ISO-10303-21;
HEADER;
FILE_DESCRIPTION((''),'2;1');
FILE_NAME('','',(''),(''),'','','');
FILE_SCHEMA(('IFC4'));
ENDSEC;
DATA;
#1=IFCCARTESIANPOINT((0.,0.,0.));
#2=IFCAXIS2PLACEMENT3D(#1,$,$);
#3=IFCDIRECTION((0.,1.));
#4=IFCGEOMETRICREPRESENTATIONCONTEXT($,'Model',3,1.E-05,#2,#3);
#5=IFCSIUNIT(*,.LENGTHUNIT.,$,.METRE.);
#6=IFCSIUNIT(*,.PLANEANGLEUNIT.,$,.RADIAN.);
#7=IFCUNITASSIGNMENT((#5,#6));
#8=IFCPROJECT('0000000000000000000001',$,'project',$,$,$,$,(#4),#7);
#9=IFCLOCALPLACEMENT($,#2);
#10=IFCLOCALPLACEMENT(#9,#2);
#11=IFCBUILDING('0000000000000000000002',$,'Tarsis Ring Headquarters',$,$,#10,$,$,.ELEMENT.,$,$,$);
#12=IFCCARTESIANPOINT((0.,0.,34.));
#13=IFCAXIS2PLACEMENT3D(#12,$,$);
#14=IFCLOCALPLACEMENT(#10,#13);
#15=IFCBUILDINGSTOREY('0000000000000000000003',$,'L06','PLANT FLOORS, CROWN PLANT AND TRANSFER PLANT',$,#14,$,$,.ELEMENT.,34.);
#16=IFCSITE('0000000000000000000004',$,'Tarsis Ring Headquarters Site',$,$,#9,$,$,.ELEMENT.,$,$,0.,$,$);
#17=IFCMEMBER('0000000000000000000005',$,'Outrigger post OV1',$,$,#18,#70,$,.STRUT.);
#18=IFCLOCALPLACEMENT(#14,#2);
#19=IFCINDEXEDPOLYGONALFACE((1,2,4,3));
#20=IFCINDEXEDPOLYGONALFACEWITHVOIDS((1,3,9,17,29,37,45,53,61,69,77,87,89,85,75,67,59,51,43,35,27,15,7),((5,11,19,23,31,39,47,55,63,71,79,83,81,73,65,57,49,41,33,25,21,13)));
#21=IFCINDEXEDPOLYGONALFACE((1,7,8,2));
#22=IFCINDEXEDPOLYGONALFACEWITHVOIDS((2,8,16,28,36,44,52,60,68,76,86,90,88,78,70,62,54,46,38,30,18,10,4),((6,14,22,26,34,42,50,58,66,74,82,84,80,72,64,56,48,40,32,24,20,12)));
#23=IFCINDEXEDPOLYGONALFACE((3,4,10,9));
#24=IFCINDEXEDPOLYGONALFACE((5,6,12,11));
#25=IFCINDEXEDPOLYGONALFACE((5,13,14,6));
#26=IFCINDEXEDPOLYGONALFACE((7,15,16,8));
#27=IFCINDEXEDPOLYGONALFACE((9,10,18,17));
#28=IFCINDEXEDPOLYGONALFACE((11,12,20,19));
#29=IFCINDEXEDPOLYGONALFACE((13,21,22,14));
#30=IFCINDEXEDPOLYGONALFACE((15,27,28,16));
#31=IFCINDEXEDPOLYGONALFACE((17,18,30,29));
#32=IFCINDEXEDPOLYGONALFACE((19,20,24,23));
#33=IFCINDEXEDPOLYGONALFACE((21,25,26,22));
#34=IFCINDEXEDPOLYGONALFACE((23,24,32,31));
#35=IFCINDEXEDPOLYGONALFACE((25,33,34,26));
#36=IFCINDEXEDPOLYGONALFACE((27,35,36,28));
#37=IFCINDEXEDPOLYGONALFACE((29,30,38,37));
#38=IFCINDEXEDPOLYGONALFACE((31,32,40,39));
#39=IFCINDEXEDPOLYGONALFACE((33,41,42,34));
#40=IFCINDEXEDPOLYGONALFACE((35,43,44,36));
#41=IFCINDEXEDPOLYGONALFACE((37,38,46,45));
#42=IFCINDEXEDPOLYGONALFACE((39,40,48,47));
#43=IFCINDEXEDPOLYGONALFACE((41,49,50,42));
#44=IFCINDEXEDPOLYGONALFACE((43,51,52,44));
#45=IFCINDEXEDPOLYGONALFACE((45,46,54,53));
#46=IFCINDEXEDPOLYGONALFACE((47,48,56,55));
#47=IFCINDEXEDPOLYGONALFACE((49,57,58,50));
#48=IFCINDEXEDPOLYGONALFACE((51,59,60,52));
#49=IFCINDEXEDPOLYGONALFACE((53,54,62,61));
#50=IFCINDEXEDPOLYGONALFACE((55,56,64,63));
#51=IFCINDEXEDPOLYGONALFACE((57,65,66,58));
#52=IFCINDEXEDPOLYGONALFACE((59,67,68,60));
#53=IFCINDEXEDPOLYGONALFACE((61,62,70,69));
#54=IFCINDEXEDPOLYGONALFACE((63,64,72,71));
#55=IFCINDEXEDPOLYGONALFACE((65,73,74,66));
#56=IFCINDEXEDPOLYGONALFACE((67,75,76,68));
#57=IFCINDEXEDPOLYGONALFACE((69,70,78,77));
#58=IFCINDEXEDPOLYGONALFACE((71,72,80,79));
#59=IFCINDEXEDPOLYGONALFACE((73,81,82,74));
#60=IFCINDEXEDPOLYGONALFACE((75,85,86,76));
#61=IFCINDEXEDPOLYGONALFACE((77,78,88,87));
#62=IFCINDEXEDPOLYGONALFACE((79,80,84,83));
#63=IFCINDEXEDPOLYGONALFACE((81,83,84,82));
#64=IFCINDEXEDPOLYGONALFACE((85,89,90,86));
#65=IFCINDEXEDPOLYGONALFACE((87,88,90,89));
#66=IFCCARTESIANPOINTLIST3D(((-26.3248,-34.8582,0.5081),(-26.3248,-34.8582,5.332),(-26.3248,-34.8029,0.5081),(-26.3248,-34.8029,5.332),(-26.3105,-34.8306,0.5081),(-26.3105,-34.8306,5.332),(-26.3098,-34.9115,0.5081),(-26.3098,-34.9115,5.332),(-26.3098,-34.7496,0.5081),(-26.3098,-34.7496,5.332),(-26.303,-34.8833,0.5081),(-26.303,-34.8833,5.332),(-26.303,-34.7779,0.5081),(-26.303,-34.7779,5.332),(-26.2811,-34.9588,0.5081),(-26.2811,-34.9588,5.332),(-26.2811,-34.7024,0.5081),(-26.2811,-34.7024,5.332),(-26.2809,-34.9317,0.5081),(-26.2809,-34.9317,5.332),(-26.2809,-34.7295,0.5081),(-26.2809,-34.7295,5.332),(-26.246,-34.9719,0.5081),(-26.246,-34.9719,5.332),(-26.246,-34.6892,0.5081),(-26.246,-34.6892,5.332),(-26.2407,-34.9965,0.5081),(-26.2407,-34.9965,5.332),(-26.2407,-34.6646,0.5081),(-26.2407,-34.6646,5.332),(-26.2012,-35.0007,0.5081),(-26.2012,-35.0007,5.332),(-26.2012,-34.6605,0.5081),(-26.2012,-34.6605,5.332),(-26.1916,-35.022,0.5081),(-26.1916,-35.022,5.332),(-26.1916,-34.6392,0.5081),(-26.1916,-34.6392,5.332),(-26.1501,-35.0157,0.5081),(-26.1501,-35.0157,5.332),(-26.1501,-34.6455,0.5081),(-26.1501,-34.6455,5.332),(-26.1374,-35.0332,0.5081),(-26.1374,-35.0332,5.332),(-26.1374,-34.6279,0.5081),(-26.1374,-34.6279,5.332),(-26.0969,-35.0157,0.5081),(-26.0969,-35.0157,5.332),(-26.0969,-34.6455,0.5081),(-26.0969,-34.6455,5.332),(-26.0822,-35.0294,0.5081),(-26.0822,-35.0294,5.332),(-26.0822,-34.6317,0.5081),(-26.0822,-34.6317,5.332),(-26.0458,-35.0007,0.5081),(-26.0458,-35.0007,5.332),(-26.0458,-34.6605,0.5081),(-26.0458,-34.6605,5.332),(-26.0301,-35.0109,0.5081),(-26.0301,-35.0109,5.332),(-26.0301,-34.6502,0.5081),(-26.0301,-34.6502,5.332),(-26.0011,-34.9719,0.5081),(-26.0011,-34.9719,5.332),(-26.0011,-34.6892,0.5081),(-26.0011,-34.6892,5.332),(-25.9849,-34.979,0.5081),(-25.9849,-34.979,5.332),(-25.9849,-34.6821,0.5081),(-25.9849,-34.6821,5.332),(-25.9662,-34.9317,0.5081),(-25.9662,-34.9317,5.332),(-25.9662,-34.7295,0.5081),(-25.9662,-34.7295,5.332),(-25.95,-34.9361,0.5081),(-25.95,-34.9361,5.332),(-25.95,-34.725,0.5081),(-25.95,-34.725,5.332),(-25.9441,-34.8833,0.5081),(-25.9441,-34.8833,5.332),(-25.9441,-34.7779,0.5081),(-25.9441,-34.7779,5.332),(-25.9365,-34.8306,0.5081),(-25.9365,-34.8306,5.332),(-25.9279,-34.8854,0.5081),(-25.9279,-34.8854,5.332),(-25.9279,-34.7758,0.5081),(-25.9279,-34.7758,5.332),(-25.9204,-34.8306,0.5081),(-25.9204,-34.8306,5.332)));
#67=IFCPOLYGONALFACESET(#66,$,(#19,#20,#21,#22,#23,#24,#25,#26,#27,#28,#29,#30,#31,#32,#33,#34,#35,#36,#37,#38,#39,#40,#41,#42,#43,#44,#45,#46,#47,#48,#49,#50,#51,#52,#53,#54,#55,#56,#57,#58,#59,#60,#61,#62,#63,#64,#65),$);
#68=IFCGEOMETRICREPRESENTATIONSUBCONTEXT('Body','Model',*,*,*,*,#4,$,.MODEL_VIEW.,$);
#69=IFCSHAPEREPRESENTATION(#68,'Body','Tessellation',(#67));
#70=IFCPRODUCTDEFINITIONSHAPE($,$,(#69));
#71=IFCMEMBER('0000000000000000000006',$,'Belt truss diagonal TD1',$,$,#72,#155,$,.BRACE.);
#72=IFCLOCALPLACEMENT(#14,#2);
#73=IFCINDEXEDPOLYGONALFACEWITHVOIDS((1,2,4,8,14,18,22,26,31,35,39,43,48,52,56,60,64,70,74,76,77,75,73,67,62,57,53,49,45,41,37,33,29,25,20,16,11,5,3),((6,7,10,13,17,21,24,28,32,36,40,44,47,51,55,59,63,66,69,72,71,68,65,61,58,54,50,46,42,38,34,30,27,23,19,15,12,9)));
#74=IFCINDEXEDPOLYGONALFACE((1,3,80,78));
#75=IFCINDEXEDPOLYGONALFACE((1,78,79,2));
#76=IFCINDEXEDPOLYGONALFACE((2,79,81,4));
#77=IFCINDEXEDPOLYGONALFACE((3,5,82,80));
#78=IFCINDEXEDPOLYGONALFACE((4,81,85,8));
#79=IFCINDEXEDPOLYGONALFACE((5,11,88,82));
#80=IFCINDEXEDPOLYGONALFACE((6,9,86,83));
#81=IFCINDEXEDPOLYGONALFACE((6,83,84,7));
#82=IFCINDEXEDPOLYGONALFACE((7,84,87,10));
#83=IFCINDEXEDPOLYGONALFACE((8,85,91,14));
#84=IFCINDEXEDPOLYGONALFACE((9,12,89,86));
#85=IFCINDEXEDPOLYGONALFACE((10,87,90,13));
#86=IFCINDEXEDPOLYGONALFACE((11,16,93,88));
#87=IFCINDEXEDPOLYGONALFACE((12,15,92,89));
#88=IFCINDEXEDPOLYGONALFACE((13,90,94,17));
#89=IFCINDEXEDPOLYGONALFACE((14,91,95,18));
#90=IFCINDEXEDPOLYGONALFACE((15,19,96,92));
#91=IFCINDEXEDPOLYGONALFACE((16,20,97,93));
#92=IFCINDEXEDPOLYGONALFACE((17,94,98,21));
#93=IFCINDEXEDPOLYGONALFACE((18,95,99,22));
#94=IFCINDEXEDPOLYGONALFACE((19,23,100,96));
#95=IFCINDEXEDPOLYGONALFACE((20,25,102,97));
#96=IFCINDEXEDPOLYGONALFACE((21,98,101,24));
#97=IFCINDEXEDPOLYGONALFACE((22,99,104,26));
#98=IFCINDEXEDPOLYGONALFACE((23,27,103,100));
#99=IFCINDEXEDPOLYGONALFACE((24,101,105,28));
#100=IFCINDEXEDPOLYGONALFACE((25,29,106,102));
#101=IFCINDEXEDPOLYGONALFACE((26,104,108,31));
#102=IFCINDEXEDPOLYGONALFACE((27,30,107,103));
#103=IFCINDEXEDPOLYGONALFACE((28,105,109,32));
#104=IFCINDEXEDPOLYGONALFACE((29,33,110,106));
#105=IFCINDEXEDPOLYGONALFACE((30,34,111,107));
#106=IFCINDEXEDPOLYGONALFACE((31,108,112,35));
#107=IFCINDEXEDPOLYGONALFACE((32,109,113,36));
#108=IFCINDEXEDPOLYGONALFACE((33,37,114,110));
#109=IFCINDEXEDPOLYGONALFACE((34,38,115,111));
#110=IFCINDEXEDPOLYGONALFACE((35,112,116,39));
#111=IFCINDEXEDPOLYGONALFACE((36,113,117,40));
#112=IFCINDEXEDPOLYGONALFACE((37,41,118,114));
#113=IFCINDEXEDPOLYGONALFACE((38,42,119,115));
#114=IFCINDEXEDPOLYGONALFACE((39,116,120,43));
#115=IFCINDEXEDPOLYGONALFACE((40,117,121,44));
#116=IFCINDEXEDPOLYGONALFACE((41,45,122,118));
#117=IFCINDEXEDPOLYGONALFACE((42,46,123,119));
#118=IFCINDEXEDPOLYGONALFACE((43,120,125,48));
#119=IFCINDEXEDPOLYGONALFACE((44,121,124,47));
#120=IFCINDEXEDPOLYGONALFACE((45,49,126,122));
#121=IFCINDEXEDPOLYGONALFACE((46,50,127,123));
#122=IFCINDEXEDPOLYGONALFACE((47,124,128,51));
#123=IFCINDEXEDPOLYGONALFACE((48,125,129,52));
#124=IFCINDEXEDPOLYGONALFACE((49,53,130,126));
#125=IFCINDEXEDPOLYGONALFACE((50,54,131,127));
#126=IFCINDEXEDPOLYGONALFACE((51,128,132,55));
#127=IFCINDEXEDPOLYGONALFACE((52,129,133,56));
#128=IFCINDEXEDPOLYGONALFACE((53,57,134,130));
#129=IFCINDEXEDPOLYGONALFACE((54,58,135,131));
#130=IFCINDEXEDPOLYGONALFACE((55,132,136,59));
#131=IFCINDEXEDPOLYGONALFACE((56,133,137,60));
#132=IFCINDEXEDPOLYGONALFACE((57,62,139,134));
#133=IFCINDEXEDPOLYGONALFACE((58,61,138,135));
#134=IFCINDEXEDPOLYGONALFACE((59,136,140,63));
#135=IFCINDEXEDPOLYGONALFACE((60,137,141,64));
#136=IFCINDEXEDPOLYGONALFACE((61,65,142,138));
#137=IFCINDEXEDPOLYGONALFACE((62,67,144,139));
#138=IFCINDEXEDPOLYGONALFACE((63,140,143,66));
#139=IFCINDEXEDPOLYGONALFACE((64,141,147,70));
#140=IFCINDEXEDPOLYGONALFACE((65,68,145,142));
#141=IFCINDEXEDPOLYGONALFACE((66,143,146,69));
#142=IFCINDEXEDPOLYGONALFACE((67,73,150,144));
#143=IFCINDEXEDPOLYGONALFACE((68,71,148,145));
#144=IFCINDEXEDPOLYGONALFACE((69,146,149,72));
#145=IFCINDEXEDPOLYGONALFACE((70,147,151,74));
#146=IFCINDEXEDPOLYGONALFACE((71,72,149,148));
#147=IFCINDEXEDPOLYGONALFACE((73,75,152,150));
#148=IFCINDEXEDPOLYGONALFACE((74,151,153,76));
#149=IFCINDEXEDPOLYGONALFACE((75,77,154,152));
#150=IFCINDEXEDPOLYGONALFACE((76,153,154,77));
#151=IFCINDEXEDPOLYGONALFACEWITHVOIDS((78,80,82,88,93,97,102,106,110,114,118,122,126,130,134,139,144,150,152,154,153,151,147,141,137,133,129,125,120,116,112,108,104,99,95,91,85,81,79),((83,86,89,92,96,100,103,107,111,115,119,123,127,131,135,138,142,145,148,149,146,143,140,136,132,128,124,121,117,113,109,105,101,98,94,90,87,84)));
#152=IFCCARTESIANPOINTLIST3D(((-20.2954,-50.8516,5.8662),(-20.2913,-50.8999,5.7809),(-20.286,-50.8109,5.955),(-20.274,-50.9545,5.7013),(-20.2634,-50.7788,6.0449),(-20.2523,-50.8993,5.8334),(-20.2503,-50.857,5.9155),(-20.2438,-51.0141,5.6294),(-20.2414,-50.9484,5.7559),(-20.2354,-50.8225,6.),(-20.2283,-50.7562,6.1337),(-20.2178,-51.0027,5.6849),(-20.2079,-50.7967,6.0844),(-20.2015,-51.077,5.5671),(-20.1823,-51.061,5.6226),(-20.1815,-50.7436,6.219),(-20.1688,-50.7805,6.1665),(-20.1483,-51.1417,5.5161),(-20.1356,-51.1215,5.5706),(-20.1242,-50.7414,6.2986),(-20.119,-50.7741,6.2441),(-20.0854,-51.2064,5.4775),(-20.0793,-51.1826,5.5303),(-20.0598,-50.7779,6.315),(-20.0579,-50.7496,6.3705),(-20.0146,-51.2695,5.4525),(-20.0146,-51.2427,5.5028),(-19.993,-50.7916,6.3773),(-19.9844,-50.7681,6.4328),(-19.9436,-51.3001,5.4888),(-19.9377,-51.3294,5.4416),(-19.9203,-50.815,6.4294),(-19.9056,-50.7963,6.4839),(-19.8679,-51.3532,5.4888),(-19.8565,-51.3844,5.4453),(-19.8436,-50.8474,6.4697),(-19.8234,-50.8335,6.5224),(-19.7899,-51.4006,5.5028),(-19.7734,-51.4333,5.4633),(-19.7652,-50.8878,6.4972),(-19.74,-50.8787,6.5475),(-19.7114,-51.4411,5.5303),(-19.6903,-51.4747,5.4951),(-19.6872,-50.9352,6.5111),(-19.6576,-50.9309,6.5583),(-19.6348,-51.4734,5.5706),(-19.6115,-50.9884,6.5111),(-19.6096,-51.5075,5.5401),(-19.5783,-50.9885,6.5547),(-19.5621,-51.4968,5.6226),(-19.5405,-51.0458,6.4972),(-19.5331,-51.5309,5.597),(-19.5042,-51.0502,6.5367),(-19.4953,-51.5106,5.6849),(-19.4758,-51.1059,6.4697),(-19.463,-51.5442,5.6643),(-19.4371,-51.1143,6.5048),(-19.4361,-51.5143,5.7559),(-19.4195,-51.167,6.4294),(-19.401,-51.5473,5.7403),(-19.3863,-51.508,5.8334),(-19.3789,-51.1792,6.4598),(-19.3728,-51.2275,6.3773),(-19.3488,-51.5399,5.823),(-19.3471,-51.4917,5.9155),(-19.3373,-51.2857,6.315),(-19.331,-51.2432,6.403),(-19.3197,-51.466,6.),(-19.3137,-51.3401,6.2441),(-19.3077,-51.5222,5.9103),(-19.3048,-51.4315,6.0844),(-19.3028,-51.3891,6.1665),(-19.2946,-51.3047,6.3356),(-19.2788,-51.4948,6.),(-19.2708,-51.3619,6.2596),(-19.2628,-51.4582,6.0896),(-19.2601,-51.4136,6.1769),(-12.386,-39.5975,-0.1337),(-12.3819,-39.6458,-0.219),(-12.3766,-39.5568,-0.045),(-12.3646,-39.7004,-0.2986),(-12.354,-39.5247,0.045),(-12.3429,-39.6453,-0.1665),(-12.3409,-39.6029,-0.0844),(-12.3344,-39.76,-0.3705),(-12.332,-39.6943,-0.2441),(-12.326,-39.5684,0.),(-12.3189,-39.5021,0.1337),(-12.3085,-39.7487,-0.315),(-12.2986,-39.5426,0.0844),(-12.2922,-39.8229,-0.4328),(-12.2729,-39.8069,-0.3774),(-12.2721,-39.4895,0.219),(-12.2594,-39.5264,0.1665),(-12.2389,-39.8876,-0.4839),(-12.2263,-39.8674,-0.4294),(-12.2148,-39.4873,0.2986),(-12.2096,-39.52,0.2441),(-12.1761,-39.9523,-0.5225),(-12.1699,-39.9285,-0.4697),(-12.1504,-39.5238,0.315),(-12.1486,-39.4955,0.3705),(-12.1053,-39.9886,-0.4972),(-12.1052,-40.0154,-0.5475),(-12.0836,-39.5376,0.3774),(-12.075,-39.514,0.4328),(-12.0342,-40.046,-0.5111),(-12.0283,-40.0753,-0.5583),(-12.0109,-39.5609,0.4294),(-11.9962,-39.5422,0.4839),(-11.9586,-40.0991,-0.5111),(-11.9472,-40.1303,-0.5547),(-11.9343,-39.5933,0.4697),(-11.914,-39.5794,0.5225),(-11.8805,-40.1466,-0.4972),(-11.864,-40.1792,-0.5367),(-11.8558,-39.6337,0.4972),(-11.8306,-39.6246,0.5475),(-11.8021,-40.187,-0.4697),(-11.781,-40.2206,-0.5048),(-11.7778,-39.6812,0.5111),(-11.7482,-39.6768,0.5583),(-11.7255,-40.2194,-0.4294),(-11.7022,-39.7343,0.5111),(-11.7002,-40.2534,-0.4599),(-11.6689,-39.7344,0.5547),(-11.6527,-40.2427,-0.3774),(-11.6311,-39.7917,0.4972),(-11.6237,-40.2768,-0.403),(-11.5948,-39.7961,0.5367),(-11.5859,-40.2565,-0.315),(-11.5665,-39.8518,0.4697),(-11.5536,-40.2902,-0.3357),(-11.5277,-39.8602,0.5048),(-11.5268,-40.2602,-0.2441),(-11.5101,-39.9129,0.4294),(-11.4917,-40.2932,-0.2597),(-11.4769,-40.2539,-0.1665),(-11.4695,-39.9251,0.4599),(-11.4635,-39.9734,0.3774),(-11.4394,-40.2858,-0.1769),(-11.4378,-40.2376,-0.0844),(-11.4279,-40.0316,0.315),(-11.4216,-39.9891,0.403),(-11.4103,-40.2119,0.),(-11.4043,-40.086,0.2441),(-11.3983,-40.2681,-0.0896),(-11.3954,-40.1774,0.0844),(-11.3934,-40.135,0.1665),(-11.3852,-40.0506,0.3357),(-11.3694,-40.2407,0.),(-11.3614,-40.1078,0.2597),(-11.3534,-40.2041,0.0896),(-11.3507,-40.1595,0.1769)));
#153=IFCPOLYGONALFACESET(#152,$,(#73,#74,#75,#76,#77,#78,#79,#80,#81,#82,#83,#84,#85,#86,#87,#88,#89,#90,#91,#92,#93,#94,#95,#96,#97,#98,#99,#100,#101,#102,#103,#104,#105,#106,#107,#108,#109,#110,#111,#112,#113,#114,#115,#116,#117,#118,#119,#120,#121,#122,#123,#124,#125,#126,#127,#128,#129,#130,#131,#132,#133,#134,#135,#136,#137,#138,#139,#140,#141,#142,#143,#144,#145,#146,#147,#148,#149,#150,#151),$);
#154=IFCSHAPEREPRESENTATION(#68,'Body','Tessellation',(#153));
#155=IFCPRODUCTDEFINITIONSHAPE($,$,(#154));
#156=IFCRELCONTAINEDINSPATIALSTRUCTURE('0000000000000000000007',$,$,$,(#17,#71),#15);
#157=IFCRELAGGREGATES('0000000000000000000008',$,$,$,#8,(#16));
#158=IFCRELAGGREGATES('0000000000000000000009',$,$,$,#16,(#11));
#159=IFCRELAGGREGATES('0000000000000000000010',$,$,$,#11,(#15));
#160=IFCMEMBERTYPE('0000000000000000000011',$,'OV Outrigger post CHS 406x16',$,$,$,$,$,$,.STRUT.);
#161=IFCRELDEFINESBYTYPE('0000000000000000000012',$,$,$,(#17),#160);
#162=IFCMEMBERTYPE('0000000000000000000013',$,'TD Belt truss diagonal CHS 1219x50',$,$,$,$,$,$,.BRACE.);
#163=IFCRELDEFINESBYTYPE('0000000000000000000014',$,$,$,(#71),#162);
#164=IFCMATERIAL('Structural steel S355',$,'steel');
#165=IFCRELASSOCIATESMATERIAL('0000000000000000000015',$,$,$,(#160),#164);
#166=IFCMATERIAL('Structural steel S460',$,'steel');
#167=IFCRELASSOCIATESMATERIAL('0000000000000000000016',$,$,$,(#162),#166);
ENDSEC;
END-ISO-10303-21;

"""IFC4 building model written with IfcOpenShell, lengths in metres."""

from ifc_helpers import new_model, si_unit, direction, frame, origin, origin_2d, place, context, subcontext, project, spatial, hollow_circle, extrude, material, material_profile, profile_set, type_object, element, save


model = new_model("IFC4")

# Units and contexts
model_context = context("Model", 3, precision=1e-05, world=origin(), true_north=direction((0.0, 1.0)))
body_context = subcontext(model_context, "Body", "Model", "MODEL_VIEW")
ifc_project = project(units=[si_unit("LENGTHUNIT", "METRE"), si_unit("PLANEANGLEUNIT", "RADIAN")], contexts=[model_context])

# Site, building, storey
site_placement = place(None, origin())
site = spatial("IfcSite", under=ifc_project, at=site_placement, Name="Tarsis Ring Headquarters Site", CompositionType="ELEMENT", RefElevation=0.0)
building_placement = place(site_placement, origin())
building = spatial("IfcBuilding", under=site, at=building_placement, Name="Tarsis Ring Headquarters", CompositionType="ELEMENT")
storey_placement = place(building_placement, frame((0.0, 0.0, 34.0)))
storey = spatial("IfcBuildingStorey", under=building, at=storey_placement, Name="L06", Description="PLANT FLOORS, CROWN PLANT AND TRANSFER PLANT", CompositionType="ELEMENT", Elevation=34.0)

# Shared definitions
ifc_material_1 = material(Name="Structural steel S460", Category="steel")
ifc_material_profile_1 = material_profile(ifc_material_1, hollow_circle(Radius=0.6096, WallThickness=0.05, at=origin_2d()), Name="CHS 1219x50")
ifc_profile_set_1 = profile_set([ifc_material_profile_1], Name="Structural steel S460")

# Members
ifc_material_2 = material(Name="Structural steel S355", Category="steel")
ifc_material_profile_2 = material_profile(ifc_material_2, hollow_circle(Radius=0.2031, WallThickness=0.0161, at=origin_2d()), Name="CHS 406x16")
ifc_profile_set_2 = profile_set([ifc_material_profile_2], Name="Structural steel S355")
member_type_1 = type_object("IfcMemberType", Name="OV Outrigger post CHS 406x16", PredefinedType="STRUT", material=ifc_profile_set_2)
for number, where, z_axis, x_axis, name in (
    (1, (-26.1235, -34.8306, 0.5081), (0.0, 0.0, 1.0), (1.0, 0.0, 0.0), "Outrigger post OV1"),
):
    element("IfcMember", number, at=place(storey_placement, frame(where, z_axis=z_axis, x_axis=x_axis)), inside=storey, type_object=member_type_1, Name=name, PredefinedType="STRUT", context=body_context, shape_type="SweptSolid", body=[
        extrude(hollow_circle(Radius=0.2031, WallThickness=0.0161, at=origin_2d()), origin(), (0.0, 0.0, 1.0), 4.824),
    ])
member_type_2 = type_object("IfcMemberType", Name="TD Belt truss diagonal CHS 1219x50", PredefinedType="BRACE", material=ifc_profile_set_1)
member_1_placement = place(storey_placement, frame((-11.8682, -39.8901, 0.0), z_axis=(-0.527043, -0.749919, 0.399809), x_axis=(0.818154, -0.574999, 0.0)))
element("IfcMember", 2, at=member_1_placement, inside=storey, type_object=member_type_2, Name="Belt truss diagonal TD1", PredefinedType="BRACE", context=body_context, shape_type="SweptSolid", body=[
    extrude(hollow_circle(Radius=0.6096, WallThickness=0.05, at=origin_2d()), origin(), (0.0, 0.0, 1.0), 15.0071),
])

save(model, "model.ifc")
